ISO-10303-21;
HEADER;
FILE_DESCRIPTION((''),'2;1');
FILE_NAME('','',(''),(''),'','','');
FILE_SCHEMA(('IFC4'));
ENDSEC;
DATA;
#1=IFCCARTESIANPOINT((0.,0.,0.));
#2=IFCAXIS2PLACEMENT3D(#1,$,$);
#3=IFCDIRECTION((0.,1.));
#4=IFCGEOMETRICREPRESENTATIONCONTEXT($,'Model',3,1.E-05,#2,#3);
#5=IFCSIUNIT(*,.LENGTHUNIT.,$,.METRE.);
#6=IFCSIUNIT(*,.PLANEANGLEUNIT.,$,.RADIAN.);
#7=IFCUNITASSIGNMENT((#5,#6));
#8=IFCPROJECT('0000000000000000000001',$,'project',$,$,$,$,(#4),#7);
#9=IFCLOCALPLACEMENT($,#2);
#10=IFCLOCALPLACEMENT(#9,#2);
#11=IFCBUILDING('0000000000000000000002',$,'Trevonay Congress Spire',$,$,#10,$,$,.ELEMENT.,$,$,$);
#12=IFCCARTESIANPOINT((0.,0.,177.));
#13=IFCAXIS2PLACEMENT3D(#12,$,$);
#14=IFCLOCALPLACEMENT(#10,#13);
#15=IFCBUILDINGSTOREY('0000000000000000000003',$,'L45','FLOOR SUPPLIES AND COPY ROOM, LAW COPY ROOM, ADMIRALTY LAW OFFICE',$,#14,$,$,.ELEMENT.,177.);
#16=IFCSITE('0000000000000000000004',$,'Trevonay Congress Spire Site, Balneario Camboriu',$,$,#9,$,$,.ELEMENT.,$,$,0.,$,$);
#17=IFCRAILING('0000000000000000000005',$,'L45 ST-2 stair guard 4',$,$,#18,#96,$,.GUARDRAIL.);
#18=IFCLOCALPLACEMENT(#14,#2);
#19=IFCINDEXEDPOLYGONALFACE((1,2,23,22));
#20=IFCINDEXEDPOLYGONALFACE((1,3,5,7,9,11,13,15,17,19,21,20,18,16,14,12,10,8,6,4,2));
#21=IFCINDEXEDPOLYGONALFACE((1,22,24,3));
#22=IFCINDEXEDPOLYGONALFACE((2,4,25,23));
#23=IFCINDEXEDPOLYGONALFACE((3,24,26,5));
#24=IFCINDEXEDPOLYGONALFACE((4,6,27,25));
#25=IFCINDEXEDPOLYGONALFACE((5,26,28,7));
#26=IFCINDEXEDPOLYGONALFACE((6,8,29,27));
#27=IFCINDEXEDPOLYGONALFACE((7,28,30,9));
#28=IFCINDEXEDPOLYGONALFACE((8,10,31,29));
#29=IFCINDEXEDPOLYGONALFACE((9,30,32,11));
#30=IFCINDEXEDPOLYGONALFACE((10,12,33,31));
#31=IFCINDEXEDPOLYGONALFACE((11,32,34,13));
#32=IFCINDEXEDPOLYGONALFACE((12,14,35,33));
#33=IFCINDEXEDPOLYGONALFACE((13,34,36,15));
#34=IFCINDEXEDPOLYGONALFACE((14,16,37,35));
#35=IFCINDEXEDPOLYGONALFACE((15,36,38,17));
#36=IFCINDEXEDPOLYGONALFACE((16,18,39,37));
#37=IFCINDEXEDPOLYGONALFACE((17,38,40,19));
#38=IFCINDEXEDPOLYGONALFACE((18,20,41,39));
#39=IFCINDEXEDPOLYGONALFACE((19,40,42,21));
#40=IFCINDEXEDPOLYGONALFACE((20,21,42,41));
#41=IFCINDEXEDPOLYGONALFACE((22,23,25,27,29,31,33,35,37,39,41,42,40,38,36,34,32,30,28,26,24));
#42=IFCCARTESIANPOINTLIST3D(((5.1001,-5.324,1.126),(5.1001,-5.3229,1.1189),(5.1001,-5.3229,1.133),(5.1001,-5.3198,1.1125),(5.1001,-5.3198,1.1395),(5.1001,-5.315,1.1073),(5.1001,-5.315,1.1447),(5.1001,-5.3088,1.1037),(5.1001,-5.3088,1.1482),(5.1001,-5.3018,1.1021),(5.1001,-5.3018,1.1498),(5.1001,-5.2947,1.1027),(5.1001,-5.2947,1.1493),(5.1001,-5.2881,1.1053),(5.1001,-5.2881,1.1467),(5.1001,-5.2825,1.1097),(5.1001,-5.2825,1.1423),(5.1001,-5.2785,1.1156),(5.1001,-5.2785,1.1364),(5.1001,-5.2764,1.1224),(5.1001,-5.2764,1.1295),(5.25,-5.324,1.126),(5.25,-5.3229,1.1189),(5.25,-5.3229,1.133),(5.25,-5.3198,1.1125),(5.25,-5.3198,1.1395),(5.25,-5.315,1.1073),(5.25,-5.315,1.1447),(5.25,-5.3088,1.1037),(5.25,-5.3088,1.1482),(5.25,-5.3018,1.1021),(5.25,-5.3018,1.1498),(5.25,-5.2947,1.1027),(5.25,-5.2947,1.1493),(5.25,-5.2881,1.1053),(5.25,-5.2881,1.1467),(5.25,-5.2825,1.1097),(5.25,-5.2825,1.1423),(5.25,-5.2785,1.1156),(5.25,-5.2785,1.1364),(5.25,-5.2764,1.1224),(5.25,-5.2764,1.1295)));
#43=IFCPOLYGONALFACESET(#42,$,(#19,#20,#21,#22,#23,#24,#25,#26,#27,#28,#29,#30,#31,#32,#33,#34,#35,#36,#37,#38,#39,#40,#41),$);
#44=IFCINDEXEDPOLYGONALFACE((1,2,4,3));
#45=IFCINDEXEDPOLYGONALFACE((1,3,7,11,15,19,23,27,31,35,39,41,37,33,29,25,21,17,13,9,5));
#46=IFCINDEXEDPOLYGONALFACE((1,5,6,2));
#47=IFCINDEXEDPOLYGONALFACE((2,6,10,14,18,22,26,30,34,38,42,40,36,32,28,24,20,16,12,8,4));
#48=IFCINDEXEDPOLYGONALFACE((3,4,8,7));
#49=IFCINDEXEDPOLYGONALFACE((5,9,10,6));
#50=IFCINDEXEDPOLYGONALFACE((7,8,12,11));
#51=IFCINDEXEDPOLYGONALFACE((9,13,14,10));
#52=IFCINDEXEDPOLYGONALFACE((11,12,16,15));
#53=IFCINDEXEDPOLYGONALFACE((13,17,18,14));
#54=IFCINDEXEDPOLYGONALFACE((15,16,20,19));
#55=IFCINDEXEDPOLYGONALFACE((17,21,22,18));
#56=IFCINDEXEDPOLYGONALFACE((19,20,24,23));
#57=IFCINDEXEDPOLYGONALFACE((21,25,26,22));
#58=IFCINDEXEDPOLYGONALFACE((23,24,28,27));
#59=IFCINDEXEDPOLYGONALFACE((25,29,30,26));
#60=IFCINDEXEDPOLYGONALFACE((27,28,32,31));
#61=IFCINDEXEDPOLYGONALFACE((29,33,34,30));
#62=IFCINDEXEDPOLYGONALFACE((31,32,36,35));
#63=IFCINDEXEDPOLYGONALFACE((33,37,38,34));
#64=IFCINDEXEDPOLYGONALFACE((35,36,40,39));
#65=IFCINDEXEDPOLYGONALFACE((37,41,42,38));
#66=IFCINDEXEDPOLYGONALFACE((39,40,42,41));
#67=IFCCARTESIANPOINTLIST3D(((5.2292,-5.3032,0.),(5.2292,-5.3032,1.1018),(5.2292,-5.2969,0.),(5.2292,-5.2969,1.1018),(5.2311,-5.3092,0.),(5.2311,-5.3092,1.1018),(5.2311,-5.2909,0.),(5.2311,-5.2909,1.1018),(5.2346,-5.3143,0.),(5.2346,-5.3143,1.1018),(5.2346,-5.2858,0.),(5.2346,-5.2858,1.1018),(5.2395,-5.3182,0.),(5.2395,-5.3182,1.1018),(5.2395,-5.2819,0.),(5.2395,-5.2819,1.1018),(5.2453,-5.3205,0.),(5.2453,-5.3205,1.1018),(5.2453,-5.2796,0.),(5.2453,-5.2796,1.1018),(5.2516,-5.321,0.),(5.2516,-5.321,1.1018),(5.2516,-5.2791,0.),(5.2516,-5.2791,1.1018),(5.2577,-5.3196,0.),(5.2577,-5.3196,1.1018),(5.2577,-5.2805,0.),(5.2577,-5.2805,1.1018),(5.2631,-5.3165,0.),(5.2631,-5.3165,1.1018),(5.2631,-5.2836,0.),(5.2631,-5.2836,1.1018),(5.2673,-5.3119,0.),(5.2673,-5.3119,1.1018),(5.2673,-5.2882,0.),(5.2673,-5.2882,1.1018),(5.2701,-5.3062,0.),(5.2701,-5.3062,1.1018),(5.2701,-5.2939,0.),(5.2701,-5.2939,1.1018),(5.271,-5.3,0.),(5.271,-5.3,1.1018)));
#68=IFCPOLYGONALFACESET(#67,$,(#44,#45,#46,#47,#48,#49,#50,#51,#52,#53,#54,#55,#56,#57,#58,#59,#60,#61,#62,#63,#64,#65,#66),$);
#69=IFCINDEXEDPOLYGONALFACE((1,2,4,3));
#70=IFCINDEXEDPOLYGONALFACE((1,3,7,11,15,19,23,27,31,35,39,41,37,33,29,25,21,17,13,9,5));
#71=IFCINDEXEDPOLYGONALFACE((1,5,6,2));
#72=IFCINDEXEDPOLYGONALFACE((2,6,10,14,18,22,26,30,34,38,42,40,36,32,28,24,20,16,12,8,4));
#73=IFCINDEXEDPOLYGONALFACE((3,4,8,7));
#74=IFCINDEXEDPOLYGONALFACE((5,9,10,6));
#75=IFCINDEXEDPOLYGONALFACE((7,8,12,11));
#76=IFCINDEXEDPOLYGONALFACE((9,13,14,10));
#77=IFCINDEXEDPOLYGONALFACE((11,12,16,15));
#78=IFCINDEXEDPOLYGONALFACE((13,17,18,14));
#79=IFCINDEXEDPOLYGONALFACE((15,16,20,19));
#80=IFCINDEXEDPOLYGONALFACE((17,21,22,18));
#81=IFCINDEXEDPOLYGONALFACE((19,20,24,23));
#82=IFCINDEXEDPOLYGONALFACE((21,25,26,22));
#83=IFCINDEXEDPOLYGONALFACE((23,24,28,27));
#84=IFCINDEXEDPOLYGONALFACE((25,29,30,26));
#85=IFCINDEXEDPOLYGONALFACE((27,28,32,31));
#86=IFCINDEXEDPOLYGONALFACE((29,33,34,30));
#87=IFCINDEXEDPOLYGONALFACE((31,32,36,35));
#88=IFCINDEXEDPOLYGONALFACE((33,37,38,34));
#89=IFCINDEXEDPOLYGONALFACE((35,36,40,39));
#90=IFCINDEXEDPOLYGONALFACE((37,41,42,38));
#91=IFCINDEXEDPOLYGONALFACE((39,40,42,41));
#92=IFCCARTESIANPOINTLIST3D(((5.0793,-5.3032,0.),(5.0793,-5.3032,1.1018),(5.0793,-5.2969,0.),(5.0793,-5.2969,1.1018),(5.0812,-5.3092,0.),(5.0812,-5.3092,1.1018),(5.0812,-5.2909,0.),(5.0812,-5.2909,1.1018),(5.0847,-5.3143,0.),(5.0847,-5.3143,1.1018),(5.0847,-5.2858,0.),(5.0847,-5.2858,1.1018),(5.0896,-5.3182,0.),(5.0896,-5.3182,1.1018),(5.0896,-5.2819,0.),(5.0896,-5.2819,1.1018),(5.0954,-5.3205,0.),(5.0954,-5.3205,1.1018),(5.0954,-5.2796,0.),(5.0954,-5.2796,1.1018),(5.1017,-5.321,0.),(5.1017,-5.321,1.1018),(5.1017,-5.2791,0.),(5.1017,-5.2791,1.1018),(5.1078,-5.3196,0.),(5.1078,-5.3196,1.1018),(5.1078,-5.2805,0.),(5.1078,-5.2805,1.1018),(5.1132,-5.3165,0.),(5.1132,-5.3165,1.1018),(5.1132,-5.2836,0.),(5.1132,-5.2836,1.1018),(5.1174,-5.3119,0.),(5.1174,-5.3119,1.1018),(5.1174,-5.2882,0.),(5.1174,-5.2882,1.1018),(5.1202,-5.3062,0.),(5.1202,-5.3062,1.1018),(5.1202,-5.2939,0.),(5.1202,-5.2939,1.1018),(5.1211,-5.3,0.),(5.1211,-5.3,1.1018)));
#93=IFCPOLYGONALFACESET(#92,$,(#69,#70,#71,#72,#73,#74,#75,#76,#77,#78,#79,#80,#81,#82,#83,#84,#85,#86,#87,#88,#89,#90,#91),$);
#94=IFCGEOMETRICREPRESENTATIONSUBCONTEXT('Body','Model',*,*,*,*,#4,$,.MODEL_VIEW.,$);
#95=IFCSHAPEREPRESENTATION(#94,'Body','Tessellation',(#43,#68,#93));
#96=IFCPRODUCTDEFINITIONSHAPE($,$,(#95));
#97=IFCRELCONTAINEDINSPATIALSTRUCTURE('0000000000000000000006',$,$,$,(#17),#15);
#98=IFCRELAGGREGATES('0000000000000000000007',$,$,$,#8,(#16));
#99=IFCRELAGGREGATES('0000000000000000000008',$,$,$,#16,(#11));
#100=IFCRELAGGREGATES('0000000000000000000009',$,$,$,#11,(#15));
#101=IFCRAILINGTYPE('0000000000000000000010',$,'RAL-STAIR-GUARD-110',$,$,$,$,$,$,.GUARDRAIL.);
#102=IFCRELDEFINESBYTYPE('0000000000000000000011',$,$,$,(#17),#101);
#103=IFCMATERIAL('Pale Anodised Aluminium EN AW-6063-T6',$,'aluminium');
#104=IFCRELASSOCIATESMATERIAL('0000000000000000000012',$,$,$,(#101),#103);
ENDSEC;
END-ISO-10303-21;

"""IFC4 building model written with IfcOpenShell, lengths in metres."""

from ifc_helpers import new_model, si_unit, direction, frame, origin, origin_2d, place, context, subcontext, project, spatial, circle, extrude, material, type_object, element, save


model = new_model("IFC4")

# Units and contexts
model_context = context("Model", 3, precision=1e-05, world=origin(), true_north=direction((0.0, 1.0)))
body_context = subcontext(model_context, "Body", "Model", "MODEL_VIEW")
ifc_project = project(units=[si_unit("LENGTHUNIT", "METRE"), si_unit("PLANEANGLEUNIT", "RADIAN")], contexts=[model_context])

# Site, building, storey
site_placement = place(None, origin())
site = spatial("IfcSite", under=ifc_project, at=site_placement, Name="Trevonay Congress Spire Site, Balneario Camboriu", CompositionType="ELEMENT", RefElevation=0.0)
building_placement = place(site_placement, origin())
building = spatial("IfcBuilding", under=site, at=building_placement, Name="Trevonay Congress Spire", CompositionType="ELEMENT")
storey_placement = place(building_placement, frame((0.0, 0.0, 177.0)))
storey = spatial("IfcBuildingStorey", under=building, at=storey_placement, Name="L45", Description="FLOOR SUPPLIES AND COPY ROOM, LAW COPY ROOM, ADMIRALTY LAW OFFICE", CompositionType="ELEMENT", Elevation=177.0)

# Shared definitions
ifc_material_1 = material(Name="Pale Anodised Aluminium EN AW-6063-T6", Category="aluminium")

# Railing
railing_type_1 = type_object("IfcRailingType", Name="RAL-STAIR-GUARD-110", PredefinedType="GUARDRAIL", material=ifc_material_1)
railing_1_placement = place(storey_placement, frame((5.25, -5.3, 0.0)))
element("IfcRailing", 1, at=railing_1_placement, inside=storey, type_object=railing_type_1, Name="L45 ST-2 stair guard 4", PredefinedType="GUARDRAIL", context=body_context, shape_type="SweptSolid", body=[
    extrude(circle(Radius=0.0239, at=origin_2d()), frame((0.0, 0.0, 1.126), z_axis=(-1.0, 0.0, 0.0), x_axis=(0.0, -1.0, 0.0)), (0.0, 0.0, 1.0), 0.1499),
    extrude(circle(Radius=0.021, at=origin_2d()), origin(), (0.0, 0.0, 1.0), 1.1018),
    extrude(circle(Radius=0.021, at=origin_2d()), frame((-0.1499, 0.0, 0.0)), (0.0, 0.0, 1.0), 1.1018),
])

save(model, "model.ifc")
